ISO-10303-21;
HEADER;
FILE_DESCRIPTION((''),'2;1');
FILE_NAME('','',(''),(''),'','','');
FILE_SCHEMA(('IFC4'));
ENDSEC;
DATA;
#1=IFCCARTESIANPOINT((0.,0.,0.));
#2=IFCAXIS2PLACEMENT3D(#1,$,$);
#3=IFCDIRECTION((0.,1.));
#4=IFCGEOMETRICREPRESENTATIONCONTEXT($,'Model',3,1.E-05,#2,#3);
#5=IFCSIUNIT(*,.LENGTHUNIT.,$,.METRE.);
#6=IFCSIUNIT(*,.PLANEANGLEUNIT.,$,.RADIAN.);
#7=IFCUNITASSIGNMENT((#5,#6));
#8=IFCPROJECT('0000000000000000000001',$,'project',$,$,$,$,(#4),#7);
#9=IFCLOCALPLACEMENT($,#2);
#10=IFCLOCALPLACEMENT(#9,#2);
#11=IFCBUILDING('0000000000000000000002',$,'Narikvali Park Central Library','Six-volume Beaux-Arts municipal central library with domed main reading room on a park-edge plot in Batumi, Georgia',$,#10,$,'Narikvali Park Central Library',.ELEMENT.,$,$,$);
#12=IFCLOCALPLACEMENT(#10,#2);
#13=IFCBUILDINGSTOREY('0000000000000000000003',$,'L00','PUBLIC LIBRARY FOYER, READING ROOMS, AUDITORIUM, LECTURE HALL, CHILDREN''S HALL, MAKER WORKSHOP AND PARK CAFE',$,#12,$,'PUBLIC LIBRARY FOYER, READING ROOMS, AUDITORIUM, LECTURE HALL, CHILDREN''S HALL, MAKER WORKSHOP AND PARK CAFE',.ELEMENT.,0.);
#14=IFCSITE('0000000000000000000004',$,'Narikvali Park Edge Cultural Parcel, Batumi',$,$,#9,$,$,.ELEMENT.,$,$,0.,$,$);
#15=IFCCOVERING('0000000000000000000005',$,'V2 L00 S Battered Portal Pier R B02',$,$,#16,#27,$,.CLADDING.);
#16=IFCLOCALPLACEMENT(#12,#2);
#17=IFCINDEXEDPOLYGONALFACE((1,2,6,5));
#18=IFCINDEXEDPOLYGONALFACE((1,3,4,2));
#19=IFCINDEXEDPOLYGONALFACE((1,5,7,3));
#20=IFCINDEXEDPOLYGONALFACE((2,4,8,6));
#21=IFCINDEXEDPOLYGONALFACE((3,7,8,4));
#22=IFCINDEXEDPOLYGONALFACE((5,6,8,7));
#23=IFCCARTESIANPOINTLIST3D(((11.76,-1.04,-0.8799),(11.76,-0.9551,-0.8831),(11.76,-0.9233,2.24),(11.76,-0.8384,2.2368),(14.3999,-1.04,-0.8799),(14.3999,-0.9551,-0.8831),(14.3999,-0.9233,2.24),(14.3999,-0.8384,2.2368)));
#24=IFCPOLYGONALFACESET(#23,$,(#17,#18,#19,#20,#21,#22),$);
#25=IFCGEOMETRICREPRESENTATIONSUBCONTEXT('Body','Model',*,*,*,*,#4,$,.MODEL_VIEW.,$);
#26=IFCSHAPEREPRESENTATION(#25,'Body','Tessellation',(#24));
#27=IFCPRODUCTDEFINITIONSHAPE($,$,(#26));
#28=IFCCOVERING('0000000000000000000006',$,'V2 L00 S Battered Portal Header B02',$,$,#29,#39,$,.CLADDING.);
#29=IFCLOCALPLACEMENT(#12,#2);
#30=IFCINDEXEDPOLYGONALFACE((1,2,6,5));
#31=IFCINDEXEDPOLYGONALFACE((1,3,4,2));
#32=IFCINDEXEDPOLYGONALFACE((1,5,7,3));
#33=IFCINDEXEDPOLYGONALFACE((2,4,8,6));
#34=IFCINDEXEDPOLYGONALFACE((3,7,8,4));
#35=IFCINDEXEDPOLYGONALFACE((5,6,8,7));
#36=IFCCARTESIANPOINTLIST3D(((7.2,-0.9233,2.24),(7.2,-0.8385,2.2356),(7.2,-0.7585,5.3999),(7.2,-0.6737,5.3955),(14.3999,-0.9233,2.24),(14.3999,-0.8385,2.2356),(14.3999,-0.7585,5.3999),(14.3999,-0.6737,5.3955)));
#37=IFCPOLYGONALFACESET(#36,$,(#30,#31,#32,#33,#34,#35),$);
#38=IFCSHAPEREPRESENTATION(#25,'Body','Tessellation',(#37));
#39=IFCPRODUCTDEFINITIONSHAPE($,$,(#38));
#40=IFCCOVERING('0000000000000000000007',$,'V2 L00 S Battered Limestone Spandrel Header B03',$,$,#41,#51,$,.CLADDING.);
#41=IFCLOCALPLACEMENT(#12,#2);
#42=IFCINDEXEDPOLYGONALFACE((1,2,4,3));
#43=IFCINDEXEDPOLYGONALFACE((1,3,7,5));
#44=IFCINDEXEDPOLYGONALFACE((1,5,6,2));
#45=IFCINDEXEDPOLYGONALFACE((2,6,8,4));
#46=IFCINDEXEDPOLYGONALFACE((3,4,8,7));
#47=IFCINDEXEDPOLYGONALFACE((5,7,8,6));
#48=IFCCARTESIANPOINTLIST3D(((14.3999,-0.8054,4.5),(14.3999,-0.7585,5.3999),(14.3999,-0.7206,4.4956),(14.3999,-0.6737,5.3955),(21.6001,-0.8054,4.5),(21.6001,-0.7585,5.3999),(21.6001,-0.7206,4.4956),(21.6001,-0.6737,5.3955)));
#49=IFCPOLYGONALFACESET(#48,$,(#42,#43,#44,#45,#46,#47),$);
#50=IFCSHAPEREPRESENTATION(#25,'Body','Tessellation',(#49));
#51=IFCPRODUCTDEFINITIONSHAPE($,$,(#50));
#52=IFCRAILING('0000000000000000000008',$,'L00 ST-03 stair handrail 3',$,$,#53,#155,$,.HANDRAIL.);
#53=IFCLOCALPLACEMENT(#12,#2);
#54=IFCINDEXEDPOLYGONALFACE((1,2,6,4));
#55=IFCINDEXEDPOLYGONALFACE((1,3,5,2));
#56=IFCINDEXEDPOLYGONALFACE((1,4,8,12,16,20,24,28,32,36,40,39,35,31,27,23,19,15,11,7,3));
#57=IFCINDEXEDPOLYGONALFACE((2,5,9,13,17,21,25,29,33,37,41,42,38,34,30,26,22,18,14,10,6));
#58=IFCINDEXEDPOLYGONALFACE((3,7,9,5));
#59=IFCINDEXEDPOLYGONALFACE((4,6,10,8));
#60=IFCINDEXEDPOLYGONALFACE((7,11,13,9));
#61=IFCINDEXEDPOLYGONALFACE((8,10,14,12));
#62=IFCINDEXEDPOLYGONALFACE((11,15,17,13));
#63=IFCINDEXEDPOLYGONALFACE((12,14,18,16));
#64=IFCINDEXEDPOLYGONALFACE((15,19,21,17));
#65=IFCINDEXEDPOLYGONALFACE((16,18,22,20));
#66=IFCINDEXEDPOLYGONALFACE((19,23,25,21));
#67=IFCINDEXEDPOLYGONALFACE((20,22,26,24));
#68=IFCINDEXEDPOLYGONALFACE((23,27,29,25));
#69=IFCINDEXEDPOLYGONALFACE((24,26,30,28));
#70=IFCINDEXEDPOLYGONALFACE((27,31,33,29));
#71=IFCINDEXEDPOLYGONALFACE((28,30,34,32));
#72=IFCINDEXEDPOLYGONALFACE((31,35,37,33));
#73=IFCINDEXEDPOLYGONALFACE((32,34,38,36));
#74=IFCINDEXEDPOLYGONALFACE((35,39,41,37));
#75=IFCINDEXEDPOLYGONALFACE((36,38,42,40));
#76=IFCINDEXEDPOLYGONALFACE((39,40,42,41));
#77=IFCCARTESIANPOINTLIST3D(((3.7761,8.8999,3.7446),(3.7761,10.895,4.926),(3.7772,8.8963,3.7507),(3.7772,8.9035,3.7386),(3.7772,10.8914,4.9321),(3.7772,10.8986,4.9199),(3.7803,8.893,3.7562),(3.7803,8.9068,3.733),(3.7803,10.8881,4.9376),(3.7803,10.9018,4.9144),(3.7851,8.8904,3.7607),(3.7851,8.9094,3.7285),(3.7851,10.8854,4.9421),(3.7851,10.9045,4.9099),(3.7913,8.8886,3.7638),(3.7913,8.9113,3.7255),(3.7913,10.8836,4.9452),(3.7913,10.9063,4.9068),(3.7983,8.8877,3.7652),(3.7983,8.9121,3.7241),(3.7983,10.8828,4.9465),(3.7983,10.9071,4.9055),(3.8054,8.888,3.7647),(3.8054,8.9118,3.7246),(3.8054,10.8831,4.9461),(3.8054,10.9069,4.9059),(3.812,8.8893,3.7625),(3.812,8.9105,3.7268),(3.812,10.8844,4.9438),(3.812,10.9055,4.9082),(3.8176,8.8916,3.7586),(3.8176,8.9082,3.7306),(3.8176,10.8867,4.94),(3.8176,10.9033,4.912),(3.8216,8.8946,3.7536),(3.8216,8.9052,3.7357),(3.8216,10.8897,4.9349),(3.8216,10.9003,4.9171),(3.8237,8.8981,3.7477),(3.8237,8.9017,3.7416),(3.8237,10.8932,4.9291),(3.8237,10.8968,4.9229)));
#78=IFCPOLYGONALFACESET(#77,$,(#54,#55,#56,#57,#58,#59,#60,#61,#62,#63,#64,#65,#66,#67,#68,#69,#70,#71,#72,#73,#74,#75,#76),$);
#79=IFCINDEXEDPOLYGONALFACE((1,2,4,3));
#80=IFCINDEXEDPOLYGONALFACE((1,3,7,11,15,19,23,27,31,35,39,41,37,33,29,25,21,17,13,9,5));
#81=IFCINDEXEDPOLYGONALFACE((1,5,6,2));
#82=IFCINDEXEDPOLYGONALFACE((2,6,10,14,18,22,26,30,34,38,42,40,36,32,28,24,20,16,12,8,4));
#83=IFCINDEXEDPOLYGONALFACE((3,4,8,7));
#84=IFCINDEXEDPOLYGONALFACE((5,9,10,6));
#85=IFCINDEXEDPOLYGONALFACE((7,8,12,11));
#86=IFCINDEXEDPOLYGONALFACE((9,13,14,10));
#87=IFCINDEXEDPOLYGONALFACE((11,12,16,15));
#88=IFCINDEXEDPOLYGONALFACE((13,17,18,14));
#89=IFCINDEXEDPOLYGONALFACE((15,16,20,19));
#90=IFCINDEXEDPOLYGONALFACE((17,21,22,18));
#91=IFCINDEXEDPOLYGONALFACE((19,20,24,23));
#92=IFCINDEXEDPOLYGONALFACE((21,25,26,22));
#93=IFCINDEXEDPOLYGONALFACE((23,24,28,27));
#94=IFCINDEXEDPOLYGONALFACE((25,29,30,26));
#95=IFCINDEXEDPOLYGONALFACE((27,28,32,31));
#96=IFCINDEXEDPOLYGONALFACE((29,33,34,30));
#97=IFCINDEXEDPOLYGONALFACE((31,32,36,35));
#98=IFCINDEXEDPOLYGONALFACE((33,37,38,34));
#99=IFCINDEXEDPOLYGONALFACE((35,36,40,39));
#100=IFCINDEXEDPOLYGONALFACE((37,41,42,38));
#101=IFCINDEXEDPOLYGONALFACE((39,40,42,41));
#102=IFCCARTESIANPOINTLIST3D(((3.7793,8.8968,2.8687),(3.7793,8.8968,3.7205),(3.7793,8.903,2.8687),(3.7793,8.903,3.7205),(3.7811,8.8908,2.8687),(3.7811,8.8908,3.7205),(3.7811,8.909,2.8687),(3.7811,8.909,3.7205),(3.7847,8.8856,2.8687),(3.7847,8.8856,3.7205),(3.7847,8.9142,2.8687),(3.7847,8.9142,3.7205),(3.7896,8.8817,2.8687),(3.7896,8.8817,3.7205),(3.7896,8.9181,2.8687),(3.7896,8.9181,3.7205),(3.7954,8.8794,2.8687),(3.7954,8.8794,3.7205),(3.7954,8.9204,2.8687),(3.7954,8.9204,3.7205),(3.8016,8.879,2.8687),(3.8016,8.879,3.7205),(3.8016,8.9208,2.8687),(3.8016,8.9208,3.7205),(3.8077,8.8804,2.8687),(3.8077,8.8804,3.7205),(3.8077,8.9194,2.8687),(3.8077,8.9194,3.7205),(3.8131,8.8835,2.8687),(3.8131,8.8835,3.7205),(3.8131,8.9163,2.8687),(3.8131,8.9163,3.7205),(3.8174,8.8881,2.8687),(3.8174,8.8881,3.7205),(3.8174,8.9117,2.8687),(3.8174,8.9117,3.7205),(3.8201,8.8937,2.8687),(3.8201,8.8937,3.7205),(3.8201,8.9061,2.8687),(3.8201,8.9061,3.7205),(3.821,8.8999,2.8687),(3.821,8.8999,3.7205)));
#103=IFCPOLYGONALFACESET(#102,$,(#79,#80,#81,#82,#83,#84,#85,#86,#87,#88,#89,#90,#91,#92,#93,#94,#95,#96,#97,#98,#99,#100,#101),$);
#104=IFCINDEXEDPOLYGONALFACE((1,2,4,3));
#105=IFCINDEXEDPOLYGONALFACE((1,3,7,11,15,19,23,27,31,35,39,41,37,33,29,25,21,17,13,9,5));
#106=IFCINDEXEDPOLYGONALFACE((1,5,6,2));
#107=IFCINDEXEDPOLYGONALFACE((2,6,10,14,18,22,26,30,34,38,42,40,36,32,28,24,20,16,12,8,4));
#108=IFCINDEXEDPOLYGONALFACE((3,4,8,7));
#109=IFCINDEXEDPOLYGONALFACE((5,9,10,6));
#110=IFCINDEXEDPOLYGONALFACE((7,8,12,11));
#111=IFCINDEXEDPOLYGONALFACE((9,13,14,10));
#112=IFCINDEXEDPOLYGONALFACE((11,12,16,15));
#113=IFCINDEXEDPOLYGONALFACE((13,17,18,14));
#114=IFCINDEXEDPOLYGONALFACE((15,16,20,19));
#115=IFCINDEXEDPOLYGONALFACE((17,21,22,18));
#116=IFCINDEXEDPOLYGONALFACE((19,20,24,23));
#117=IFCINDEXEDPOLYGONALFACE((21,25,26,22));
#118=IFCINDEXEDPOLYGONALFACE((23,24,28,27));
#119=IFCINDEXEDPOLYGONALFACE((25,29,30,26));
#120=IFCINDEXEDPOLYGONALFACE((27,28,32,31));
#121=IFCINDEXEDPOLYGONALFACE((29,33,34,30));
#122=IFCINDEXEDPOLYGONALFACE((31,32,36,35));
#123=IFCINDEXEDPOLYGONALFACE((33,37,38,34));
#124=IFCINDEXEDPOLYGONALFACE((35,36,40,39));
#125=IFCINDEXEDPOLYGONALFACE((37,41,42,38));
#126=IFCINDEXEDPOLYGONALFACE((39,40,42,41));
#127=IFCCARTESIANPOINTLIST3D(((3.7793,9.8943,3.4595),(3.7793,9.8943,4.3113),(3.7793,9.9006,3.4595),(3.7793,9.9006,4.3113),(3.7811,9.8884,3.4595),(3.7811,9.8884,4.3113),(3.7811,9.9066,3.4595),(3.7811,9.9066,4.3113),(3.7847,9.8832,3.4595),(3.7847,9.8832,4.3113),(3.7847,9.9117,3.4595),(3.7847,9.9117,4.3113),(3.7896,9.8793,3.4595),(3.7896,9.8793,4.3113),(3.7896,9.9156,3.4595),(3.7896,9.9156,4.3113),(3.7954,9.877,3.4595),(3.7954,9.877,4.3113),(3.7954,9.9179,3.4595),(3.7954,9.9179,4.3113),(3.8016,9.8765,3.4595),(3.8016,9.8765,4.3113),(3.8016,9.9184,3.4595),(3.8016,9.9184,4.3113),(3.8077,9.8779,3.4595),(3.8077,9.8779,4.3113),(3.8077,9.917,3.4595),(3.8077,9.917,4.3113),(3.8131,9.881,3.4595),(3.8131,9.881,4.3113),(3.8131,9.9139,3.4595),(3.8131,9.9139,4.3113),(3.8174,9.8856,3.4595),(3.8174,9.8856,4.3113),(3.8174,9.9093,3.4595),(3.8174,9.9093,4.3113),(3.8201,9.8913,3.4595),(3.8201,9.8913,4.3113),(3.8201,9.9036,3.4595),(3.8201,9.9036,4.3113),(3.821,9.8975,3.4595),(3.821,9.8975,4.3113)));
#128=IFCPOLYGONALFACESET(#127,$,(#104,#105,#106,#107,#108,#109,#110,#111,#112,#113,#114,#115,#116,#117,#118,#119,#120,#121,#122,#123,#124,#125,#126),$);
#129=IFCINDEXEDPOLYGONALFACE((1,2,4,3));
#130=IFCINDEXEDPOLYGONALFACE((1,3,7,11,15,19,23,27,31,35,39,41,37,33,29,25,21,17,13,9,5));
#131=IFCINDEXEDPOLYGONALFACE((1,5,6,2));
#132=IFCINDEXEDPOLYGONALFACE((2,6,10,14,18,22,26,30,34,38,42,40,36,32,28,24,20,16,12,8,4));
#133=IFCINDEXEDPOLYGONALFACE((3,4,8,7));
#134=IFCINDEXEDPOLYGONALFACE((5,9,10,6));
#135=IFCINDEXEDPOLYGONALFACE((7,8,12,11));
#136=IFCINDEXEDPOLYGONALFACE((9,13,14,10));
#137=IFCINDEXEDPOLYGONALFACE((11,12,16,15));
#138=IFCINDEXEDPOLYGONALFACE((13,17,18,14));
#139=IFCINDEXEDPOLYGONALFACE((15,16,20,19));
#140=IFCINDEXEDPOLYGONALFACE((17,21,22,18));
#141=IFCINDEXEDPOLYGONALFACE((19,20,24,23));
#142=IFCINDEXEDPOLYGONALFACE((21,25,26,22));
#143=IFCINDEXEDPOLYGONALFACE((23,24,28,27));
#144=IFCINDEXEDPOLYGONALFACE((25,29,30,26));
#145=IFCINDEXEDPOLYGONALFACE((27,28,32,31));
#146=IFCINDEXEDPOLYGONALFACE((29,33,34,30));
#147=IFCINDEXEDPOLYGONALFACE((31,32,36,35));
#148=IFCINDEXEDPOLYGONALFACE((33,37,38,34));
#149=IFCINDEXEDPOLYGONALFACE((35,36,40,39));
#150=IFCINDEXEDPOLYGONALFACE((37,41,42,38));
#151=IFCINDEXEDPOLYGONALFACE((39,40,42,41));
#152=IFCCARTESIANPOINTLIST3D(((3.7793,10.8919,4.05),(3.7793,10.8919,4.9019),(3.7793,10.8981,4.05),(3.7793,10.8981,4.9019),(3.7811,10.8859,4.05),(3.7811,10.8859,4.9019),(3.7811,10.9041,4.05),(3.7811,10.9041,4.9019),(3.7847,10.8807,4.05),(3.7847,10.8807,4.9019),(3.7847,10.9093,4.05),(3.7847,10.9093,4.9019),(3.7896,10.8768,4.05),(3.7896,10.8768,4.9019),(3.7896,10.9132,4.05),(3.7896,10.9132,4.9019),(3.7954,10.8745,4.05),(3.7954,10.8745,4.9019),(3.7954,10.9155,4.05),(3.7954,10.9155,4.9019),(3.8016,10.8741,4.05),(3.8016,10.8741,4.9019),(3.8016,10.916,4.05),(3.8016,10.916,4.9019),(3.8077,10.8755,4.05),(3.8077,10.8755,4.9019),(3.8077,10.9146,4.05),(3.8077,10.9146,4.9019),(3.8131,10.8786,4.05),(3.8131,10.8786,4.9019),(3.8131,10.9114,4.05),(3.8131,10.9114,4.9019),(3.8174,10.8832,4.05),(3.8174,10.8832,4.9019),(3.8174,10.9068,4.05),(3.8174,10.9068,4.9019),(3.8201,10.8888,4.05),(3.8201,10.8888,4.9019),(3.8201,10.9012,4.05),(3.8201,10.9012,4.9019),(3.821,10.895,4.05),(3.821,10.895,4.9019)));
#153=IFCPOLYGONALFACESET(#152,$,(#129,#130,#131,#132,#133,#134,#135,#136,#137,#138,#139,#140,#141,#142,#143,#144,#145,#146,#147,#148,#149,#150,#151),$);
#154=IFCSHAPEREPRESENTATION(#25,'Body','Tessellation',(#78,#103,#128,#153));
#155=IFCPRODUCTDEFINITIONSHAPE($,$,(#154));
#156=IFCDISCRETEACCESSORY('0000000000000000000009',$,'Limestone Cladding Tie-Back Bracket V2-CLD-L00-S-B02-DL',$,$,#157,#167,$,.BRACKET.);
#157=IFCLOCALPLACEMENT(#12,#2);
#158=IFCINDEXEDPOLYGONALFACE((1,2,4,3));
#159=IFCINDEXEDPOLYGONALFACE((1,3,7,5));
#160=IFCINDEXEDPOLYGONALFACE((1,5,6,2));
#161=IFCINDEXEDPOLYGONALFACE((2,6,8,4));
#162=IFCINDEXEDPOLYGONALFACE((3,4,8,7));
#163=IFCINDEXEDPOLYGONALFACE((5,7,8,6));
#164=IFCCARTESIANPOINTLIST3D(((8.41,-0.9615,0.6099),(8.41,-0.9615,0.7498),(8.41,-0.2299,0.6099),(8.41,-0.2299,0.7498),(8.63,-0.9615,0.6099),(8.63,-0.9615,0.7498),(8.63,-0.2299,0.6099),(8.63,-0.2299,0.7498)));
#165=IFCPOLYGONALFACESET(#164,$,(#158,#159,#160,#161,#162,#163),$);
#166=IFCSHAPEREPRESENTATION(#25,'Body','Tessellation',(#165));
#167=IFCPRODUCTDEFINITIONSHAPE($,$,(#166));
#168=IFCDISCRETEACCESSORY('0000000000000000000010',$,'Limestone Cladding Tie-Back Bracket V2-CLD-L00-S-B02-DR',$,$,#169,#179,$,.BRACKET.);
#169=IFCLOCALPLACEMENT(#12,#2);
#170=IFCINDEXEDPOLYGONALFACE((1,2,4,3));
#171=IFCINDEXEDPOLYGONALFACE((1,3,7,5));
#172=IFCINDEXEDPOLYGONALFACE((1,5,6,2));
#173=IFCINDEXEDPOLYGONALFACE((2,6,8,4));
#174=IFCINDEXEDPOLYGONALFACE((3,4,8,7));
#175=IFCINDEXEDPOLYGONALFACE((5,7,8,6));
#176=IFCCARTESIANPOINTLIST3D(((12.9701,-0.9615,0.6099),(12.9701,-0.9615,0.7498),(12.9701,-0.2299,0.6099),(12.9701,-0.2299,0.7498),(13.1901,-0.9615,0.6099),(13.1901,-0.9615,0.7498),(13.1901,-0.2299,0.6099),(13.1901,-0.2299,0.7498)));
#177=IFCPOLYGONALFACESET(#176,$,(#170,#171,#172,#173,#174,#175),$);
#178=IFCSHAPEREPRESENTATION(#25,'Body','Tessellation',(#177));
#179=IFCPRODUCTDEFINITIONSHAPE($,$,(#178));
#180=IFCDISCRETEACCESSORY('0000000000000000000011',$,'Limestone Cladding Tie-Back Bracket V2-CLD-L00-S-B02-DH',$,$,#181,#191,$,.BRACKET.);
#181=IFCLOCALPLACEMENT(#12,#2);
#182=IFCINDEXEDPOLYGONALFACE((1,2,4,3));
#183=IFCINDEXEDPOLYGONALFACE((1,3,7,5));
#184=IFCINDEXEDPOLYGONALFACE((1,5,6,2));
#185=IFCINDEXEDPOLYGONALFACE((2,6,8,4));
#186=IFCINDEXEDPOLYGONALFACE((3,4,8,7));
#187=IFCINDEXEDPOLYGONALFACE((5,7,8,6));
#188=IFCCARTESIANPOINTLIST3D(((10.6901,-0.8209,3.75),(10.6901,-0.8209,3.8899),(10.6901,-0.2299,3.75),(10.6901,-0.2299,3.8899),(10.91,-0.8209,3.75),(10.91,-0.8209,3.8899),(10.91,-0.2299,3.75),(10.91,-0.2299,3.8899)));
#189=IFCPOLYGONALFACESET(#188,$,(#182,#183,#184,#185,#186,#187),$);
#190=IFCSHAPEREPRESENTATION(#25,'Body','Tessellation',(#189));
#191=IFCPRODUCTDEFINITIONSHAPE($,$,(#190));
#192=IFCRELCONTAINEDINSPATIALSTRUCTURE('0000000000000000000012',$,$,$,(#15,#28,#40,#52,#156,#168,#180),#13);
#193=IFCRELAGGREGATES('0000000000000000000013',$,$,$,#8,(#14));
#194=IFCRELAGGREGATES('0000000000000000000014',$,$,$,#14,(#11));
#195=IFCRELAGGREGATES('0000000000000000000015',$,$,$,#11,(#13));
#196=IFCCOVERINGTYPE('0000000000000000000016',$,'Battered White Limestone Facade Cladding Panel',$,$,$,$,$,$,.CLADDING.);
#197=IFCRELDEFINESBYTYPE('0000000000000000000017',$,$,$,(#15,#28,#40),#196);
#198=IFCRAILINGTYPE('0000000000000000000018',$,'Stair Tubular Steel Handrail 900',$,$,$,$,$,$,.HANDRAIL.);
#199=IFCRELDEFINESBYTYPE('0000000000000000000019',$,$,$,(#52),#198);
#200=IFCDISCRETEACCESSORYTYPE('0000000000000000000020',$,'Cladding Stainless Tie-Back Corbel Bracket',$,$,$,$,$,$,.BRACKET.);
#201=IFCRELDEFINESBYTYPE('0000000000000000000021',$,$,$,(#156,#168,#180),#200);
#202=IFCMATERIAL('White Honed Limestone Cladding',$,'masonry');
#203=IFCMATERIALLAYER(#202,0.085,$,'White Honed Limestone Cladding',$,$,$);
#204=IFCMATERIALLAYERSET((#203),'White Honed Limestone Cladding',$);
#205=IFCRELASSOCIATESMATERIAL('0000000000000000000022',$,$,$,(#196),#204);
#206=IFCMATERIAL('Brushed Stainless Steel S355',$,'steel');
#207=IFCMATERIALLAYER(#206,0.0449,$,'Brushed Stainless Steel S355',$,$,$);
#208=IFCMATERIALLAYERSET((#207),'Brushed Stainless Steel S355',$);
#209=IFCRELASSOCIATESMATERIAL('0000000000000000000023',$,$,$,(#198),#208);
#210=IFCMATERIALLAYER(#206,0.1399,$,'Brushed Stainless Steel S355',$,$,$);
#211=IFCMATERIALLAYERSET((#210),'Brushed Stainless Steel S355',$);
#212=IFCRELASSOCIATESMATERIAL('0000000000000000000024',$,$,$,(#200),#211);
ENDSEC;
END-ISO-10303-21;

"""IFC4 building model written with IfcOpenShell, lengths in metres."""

from ifc_helpers import new_model, si_unit, direction, frame, origin, origin_2d, place, context, subcontext, project, spatial, polyline, rectangle, circle, outline, extrude, material, layer, layer_set, type_object, element, save


model = new_model("IFC4")

# Units and contexts
model_context = context("Model", 3, precision=1e-05, world=origin(), true_north=direction((0.0, 1.0)))
body_context = subcontext(model_context, "Body", "Model", "MODEL_VIEW")
ifc_project = project(units=[si_unit("LENGTHUNIT", "METRE"), si_unit("PLANEANGLEUNIT", "RADIAN")], contexts=[model_context])

# Site, building, storey
site_placement = place(None, origin())
site = spatial("IfcSite", under=ifc_project, at=site_placement, Name="Narikvali Park Edge Cultural Parcel, Batumi", CompositionType="ELEMENT", RefElevation=0.0)
building_placement = place(site_placement, origin())
building = spatial("IfcBuilding", under=site, at=building_placement, Name="Narikvali Park Central Library", Description="Six-volume Beaux-Arts municipal central library with domed main reading room on a park-edge plot in Batumi, Georgia", LongName="Narikvali Park Central Library", CompositionType="ELEMENT")
storey_placement = place(building_placement, origin())
storey = spatial("IfcBuildingStorey", under=building, at=storey_placement, Name="L00", Description="PUBLIC LIBRARY FOYER, READING ROOMS, AUDITORIUM, LECTURE HALL, CHILDREN'S HALL, MAKER WORKSHOP AND PARK CAFE", LongName="PUBLIC LIBRARY FOYER, READING ROOMS, AUDITORIUM, LECTURE HALL, CHILDREN'S HALL, MAKER WORKSHOP AND PARK CAFE", CompositionType="ELEMENT", Elevation=0.0)

# Coverings
ifc_material_1 = material(Name="White Honed Limestone Cladding", Category="masonry")
ifc_layer_1 = layer(ifc_material_1, 0.085, Name="White Honed Limestone Cladding")
ifc_layer_set_1 = layer_set([ifc_layer_1], Name="White Honed Limestone Cladding")
covering_type = type_object("IfcCoveringType", Name="Battered White Limestone Facade Cladding Panel", PredefinedType="CLADDING", material=ifc_layer_set_1)
covering_1_placement = place(storey_placement, frame((11.76, -1.04, -0.8799), z_axis=(0.0, -0.999301, 0.037379), x_axis=(1.0, 0.0, 0.0)))
element("IfcCovering", 1, at=covering_1_placement, inside=storey, type_object=covering_type, Name="V2 L00 S Battered Portal Pier R B02", PredefinedType="CLADDING", context=body_context, shape_type="SweptSolid", body=[
    extrude(outline(polyline([(0.0, 0.0), (2.6399, 0.0), (2.6399, 3.1221), (0.0, 3.1221), (0.0, 0.0)])), origin(), (0.0, 0.0, -1.0), 0.085),
])
covering_2_placement = place(storey_placement, frame((7.2, -0.9233, 2.24), z_axis=(0.0, -0.998643, 0.052081), x_axis=(1.0, 0.0, 0.0)))
element("IfcCovering", 2, at=covering_2_placement, inside=storey, type_object=covering_type, Name="V2 L00 S Battered Portal Header B02", PredefinedType="CLADDING", context=body_context, shape_type="SweptSolid", body=[
    extrude(outline(polyline([(0.0, 0.0), (7.2, 0.0), (7.2, 3.1642), (0.0, 3.1642), (0.0, 0.0)])), origin(), (0.0, 0.0, -1.0), 0.085),
])
covering_3_placement = place(storey_placement, frame((14.3999, -0.8054, 4.5), z_axis=(0.0, -0.998646, 0.052018), x_axis=(1.0, 0.0, 0.0)))
element("IfcCovering", 3, at=covering_3_placement, inside=storey, type_object=covering_type, Name="V2 L00 S Battered Limestone Spandrel Header B03", PredefinedType="CLADDING", context=body_context, shape_type="SweptSolid", body=[
    extrude(outline(polyline([(0.0, 0.0), (7.2002, 0.0), (7.2002, 0.9011), (0.0, 0.9011), (0.0, 0.0)])), origin(), (0.0, 0.0, -1.0), 0.085),
])

# Railing
ifc_material_2 = material(Name="Brushed Stainless Steel S355", Category="steel")
ifc_layer_2 = layer(ifc_material_2, 0.0449, Name="Brushed Stainless Steel S355")
ifc_layer_set_2 = layer_set([ifc_layer_2], Name="Brushed Stainless Steel S355")
railing_type = type_object("IfcRailingType", Name="Stair Tubular Steel Handrail 900", PredefinedType="HANDRAIL", material=ifc_layer_set_2)
railing_placement = place(storey_placement, frame((3.8, 8.8999, 2.8687)))
element("IfcRailing", 4, at=railing_placement, inside=storey, type_object=railing_type, Name="L00 ST-03 stair handrail 3", PredefinedType="HANDRAIL", context=body_context, shape_type="SweptSolid", body=[
    extrude(circle(Radius=0.0239, at=origin_2d()), frame((0.0, 0.0, 0.876), z_axis=(0.0, 0.860461, 0.509517), x_axis=(-1.0, 0.0, 0.0)), (0.0, 0.0, 1.0), 2.3186),
    extrude(circle(Radius=0.021, at=origin_2d()), origin(), (0.0, 0.0, 1.0), 0.8518),
    extrude(circle(Radius=0.021, at=origin_2d()), frame((0.0, 0.9976, 0.5908)), (0.0, 0.0, 1.0), 0.8518),
    extrude(circle(Radius=0.021, at=origin_2d()), frame((0.0, 1.9951, 1.1814)), (0.0, 0.0, 1.0), 0.8518),
])

# Discrete accessories
ifc_layer_3 = layer(ifc_material_2, 0.1399, Name="Brushed Stainless Steel S355")
ifc_layer_set_3 = layer_set([ifc_layer_3], Name="Brushed Stainless Steel S355")
discrete_accessory_type = type_object("IfcDiscreteAccessoryType", Name="Cladding Stainless Tie-Back Corbel Bracket", PredefinedType="BRACKET", material=ifc_layer_set_3)
for number, where, z_axis, x_axis, name in (
    (5, (8.52, -0.5957, 0.6099), (0.0, 0.0, 1.0), (1.0, 0.0, 0.0), "Limestone Cladding Tie-Back Bracket V2-CLD-L00-S-B02-DL"),
    (6, (13.0801, -0.5957, 0.6099), (0.0, 0.0, 1.0), (1.0, 0.0, 0.0), "Limestone Cladding Tie-Back Bracket V2-CLD-L00-S-B02-DR"),
):
    element("IfcDiscreteAccessory", number, at=place(storey_placement, frame(where, z_axis=z_axis, x_axis=x_axis)), inside=storey, type_object=discrete_accessory_type, Name=name, PredefinedType="BRACKET", context=body_context, shape_type="SweptSolid", body=[
        extrude(rectangle(XDim=0.22, YDim=0.7317, at=origin_2d()), origin(), (0.0, 0.0, 1.0), 0.1399),
    ])
discrete_accessory_placement = place(storey_placement, frame((10.8, -0.5254, 3.75), z_axis=(0.0, 0.0, 1.0), x_axis=(1.0, 0.0, 0.0)))
element("IfcDiscreteAccessory", 7, at=discrete_accessory_placement, inside=storey, type_object=discrete_accessory_type, Name="Limestone Cladding Tie-Back Bracket V2-CLD-L00-S-B02-DH", PredefinedType="BRACKET", context=body_context, shape_type="SweptSolid", body=[
    extrude(rectangle(XDim=0.22, YDim=0.5911, at=origin_2d()), origin(), (0.0, 0.0, 1.0), 0.1399),
])

save(model, "model.ifc")
